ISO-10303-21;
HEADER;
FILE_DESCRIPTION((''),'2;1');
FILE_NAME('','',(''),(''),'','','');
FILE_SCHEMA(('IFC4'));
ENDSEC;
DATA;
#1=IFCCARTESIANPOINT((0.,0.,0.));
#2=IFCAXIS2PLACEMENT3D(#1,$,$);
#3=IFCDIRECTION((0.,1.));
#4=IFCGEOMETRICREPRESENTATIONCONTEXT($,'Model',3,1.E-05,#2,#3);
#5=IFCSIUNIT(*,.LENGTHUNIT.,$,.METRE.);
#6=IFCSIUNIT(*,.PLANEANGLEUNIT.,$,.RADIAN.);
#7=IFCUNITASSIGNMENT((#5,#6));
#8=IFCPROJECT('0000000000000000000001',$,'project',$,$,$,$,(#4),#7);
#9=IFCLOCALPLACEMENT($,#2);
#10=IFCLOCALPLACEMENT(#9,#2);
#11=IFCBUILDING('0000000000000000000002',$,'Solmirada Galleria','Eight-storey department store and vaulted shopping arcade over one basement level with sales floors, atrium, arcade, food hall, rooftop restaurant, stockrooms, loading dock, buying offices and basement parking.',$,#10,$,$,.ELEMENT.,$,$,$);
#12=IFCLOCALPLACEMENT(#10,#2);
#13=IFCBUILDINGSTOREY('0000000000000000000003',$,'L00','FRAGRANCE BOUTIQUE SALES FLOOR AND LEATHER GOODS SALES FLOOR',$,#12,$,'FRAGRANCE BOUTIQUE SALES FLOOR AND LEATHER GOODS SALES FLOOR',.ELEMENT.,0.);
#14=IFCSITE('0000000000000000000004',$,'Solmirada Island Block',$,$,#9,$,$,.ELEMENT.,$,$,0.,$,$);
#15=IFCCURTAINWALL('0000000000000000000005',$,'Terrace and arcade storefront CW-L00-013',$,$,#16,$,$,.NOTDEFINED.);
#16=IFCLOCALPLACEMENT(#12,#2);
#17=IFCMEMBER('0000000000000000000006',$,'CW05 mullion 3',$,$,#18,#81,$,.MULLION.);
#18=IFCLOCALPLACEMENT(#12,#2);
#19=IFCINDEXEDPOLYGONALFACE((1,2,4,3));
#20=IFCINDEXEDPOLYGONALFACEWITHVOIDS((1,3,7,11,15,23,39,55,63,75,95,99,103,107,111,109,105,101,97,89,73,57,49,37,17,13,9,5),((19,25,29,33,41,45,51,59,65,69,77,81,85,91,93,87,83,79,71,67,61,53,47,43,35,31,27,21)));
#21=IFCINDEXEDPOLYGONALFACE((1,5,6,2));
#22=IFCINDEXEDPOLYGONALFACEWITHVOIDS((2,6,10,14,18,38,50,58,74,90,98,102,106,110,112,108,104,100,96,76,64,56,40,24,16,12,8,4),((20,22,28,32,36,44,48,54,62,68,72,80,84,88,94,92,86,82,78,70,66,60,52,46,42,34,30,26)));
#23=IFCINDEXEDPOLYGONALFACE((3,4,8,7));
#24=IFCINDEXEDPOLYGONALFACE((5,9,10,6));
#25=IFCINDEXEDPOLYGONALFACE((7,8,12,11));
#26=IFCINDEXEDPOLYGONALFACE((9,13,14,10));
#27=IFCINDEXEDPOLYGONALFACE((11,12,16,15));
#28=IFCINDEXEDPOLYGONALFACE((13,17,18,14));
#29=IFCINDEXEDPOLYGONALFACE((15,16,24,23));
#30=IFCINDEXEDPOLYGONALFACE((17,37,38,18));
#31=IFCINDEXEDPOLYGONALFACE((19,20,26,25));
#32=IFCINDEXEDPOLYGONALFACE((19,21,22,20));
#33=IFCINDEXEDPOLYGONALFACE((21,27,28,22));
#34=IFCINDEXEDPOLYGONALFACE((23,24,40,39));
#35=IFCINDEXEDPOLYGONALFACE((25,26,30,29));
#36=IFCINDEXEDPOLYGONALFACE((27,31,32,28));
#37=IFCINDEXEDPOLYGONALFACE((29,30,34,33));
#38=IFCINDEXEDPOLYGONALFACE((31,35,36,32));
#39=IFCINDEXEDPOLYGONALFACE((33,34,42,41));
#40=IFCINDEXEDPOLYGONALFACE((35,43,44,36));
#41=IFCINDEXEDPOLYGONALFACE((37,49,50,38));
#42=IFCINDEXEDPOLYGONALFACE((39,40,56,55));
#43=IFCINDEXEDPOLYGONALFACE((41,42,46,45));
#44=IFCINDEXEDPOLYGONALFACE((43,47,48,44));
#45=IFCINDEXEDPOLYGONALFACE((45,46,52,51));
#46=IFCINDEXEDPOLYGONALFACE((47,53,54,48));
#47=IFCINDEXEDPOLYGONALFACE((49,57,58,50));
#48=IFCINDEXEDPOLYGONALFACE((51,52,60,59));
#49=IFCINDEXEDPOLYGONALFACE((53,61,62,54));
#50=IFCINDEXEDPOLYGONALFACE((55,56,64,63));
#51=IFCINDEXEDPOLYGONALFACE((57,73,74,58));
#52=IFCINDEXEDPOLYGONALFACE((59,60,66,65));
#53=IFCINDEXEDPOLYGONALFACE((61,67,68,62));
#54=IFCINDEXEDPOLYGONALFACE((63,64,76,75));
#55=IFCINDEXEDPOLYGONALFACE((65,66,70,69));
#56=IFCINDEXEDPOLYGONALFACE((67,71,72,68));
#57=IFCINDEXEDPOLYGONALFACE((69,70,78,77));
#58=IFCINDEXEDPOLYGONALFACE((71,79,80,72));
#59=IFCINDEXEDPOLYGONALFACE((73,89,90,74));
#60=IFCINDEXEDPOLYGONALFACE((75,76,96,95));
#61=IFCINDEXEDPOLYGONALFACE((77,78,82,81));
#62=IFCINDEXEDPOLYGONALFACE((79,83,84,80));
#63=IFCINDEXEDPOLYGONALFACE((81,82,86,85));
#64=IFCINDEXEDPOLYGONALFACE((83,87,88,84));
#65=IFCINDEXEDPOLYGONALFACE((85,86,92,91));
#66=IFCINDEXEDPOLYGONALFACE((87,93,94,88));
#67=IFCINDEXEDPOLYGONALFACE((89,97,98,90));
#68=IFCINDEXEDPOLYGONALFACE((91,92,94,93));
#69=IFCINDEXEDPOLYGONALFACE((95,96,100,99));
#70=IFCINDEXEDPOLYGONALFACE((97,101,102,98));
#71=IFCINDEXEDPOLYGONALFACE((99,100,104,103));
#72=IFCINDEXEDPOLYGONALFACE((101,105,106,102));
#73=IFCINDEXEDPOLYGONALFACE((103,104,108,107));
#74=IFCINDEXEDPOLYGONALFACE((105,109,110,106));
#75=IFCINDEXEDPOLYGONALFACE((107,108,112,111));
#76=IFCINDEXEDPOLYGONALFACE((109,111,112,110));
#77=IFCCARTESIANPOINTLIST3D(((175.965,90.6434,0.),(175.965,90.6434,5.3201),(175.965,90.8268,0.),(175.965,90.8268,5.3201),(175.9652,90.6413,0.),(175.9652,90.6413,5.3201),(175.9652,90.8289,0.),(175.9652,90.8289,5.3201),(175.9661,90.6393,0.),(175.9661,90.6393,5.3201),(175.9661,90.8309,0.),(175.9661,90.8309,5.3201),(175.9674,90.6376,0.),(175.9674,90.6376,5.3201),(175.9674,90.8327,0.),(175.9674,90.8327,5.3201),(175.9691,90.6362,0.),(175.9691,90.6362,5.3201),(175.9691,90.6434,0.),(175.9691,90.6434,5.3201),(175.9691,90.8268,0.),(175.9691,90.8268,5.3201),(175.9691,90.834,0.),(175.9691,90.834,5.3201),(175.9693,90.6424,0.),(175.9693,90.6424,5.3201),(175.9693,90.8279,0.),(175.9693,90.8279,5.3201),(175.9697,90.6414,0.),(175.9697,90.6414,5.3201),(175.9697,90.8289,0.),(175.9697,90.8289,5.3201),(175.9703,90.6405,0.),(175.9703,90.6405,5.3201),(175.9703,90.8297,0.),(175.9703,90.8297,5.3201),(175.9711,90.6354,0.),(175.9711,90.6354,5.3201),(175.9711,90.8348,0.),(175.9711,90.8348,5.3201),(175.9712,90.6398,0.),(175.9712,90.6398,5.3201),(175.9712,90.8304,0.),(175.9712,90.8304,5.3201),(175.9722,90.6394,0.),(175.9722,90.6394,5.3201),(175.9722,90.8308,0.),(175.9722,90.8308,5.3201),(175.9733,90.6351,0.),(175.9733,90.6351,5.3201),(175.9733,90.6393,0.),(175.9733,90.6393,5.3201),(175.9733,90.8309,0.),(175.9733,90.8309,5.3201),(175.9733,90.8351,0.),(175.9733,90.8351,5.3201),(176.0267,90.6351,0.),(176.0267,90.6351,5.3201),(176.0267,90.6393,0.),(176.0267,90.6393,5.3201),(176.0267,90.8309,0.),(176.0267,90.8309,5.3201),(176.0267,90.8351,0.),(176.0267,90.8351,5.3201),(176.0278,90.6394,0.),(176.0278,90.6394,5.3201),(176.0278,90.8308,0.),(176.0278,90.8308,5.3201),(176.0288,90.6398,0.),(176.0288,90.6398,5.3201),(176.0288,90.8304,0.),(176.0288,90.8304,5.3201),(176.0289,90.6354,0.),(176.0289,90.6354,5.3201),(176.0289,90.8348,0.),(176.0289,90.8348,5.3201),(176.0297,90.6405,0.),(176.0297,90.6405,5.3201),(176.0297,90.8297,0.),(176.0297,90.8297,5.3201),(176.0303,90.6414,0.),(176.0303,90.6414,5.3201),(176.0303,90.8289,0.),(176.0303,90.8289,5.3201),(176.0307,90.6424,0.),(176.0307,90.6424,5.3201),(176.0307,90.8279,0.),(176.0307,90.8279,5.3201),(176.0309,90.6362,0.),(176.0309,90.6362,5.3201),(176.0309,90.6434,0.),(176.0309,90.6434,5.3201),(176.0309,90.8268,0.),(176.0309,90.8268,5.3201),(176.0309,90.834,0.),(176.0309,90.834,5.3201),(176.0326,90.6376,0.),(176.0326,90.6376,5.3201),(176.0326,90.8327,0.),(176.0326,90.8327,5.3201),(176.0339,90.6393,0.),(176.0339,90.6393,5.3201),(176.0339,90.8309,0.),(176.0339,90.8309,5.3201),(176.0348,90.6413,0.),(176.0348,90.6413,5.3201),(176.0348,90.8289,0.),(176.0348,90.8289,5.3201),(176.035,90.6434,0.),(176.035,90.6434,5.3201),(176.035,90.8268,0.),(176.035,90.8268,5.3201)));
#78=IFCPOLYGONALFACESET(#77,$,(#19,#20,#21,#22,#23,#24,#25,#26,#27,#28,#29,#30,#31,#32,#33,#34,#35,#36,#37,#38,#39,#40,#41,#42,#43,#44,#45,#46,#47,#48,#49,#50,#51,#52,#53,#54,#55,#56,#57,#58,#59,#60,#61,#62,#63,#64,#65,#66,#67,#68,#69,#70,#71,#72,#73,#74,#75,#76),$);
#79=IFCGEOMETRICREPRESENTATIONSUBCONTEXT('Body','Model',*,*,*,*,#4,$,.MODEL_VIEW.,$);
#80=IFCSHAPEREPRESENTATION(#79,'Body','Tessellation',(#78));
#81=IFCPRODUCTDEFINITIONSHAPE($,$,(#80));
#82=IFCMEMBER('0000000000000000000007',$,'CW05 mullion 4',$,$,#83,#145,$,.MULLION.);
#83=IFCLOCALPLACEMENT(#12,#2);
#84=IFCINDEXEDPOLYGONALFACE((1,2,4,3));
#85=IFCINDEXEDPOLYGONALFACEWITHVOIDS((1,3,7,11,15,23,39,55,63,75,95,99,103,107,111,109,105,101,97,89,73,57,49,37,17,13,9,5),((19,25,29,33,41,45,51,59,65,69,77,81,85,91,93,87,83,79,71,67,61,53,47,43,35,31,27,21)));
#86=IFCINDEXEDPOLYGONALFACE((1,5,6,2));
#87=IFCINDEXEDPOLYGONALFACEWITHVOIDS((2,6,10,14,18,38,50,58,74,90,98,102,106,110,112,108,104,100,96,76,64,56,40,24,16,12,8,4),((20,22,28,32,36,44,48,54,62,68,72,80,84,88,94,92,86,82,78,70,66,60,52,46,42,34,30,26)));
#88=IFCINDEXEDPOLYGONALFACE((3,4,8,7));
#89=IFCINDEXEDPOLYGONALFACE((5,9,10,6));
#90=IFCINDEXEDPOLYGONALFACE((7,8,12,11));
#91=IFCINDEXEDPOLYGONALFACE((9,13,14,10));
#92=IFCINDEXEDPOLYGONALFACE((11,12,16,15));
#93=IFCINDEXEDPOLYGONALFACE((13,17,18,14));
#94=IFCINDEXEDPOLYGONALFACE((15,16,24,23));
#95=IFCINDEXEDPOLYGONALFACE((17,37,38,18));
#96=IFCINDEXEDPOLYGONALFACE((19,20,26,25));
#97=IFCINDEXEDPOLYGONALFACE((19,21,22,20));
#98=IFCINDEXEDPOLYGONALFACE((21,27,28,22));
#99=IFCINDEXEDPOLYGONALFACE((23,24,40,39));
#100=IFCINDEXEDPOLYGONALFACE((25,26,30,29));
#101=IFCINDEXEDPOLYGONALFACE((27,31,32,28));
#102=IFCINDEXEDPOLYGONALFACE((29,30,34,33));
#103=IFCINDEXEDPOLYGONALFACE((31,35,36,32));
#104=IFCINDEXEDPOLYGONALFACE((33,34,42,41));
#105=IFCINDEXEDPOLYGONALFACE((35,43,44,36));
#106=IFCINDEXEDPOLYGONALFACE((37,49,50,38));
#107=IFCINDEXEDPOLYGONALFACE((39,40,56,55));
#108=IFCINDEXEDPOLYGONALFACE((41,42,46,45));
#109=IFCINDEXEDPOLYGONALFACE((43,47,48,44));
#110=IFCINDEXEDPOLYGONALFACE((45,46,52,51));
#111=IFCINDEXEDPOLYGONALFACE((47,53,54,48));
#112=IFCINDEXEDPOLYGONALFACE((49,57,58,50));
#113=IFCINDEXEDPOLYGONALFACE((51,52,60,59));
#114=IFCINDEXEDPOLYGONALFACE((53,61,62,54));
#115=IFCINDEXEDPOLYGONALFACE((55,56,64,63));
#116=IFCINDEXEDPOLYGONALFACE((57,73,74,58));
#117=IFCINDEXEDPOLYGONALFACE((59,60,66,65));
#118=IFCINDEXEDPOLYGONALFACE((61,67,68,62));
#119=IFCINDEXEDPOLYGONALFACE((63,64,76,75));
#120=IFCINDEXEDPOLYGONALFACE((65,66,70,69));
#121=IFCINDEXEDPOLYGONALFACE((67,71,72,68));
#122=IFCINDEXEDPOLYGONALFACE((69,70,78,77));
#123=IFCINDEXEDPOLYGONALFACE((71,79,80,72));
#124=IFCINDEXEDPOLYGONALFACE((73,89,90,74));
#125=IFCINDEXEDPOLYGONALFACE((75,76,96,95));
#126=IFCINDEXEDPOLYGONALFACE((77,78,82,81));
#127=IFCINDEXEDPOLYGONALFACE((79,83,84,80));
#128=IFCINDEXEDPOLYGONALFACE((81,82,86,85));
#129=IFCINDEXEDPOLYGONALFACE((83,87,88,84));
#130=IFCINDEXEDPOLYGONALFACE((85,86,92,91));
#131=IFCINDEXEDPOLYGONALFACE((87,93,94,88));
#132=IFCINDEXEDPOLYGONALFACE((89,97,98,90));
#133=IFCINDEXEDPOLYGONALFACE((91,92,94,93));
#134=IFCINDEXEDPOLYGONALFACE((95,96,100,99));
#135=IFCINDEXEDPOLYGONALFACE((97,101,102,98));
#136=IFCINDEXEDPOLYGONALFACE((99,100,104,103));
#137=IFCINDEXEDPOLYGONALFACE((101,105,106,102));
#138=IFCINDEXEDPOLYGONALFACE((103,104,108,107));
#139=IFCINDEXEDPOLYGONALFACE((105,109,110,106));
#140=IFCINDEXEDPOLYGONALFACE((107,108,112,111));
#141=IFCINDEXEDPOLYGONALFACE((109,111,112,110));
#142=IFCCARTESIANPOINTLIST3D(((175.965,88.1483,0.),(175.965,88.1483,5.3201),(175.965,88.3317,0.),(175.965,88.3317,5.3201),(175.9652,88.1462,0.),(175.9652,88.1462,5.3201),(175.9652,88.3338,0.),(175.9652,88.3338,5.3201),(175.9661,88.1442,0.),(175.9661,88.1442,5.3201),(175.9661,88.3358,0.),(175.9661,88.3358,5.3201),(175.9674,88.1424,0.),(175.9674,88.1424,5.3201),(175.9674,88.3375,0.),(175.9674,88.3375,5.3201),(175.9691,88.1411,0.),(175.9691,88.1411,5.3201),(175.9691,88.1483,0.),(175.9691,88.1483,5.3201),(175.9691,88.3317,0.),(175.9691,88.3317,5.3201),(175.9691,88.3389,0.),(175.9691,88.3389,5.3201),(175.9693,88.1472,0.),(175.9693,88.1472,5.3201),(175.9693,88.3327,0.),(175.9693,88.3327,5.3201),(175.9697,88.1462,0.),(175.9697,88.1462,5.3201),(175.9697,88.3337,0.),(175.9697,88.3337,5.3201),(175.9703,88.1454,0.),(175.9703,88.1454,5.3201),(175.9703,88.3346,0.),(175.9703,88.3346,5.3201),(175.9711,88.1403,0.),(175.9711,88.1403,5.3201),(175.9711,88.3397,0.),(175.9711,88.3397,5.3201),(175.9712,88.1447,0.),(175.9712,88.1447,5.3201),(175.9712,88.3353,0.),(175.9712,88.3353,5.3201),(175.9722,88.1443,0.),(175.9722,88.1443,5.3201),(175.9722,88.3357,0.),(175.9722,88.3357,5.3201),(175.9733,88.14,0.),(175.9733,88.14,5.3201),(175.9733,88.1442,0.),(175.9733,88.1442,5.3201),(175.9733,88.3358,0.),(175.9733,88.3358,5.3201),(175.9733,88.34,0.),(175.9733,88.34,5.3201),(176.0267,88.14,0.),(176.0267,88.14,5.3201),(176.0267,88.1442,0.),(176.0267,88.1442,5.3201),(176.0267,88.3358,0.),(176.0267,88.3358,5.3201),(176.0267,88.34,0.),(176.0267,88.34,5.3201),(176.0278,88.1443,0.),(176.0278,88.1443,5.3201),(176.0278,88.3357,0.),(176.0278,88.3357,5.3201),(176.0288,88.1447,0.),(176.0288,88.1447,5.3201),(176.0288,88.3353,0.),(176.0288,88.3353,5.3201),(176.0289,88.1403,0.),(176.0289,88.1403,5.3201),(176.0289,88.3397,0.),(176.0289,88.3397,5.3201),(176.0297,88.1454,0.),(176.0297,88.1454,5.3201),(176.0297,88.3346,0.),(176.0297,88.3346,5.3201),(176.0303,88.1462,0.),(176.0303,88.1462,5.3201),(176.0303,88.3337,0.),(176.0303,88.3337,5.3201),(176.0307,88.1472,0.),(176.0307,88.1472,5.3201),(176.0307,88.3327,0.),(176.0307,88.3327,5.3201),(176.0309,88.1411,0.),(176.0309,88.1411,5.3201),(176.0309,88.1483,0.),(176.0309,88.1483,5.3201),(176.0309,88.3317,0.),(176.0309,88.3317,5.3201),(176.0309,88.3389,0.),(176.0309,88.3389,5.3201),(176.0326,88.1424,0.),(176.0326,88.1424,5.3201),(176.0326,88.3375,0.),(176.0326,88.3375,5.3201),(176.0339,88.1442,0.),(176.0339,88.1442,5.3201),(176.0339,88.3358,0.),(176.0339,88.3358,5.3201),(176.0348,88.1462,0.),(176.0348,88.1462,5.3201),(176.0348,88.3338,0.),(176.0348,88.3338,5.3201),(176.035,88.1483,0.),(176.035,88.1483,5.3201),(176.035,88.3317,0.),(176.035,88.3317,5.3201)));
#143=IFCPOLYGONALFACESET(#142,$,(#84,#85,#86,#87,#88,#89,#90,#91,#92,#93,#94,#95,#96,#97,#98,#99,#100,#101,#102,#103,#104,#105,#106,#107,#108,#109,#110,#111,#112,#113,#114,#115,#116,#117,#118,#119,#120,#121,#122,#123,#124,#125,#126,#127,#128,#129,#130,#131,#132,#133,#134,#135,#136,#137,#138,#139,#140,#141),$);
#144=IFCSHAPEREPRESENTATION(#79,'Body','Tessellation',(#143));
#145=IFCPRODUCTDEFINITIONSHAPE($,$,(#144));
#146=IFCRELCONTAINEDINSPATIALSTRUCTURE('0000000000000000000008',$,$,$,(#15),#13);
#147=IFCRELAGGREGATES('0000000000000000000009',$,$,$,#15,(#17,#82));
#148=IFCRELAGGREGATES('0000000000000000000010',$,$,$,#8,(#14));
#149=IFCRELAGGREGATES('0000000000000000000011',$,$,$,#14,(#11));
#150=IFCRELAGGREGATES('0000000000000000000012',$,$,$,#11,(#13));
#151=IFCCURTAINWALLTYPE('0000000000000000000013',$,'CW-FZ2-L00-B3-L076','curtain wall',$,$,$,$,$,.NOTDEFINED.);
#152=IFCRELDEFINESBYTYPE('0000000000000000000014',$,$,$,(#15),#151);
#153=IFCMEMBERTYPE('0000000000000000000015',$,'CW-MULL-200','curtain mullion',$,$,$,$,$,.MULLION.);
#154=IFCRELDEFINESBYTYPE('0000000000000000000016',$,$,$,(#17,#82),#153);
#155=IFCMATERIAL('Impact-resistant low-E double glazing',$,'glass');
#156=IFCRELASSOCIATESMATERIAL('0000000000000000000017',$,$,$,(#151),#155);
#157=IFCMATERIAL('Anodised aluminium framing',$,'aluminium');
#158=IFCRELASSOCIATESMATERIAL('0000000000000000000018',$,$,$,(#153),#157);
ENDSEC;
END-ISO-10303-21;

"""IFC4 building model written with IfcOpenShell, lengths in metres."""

from ifc_helpers import new_model, si_unit, direction, frame, origin, origin_2d, place, context, subcontext, project, spatial, hollow_rectangle, extrude, material, material_profile, profile_set, type_object, element, aggregate, save


model = new_model("IFC4")

# Units and contexts
model_context = context("Model", 3, precision=1e-05, world=origin(), true_north=direction((0.0, 1.0)))
body_context = subcontext(model_context, "Body", "Model", "MODEL_VIEW")
ifc_project = project(units=[si_unit("LENGTHUNIT", "METRE"), si_unit("PLANEANGLEUNIT", "RADIAN")], contexts=[model_context])

# Site, building, storey
site_placement = place(None, origin())
site = spatial("IfcSite", under=ifc_project, at=site_placement, Name="Solmirada Island Block", CompositionType="ELEMENT", RefElevation=0.0)
building_placement = place(site_placement, origin())
building = spatial("IfcBuilding", under=site, at=building_placement, Name="Solmirada Galleria", Description="Eight-storey department store and vaulted shopping arcade over one basement level with sales floors, atrium, arcade, food hall, rooftop restaurant, stockrooms, loading dock, buying offices and basement parking.", CompositionType="ELEMENT")
storey_placement = place(building_placement, origin())
storey = spatial("IfcBuildingStorey", under=building, at=storey_placement, Name="L00", Description="FRAGRANCE BOUTIQUE SALES FLOOR AND LEATHER GOODS SALES FLOOR", LongName="FRAGRANCE BOUTIQUE SALES FLOOR AND LEATHER GOODS SALES FLOOR", CompositionType="ELEMENT", Elevation=0.0)

# Curtain wall, members
ifc_material_1 = material(Name="Impact-resistant low-E double glazing", Category="glass")
curtain_wall_type = type_object("IfcCurtainWallType", Name="CW-FZ2-L00-B3-L076", Description="curtain wall", PredefinedType="NOTDEFINED", material=ifc_material_1)
curtain_wall_placement = place(storey_placement, origin())
curtain_wall = element("IfcCurtainWall", 1, at=curtain_wall_placement, inside=storey, type_object=curtain_wall_type, Name="Terrace and arcade storefront CW-L00-013", PredefinedType="NOTDEFINED")
ifc_material_2 = material(Name="Anodised aluminium framing", Category="aluminium")
ifc_material_profile_1 = material_profile(ifc_material_2, hollow_rectangle(XDim=0.0701, YDim=0.2, WallThickness=0.0042, InnerFilletRadius=0.0042, OuterFilletRadius=0.0083, at=origin_2d()), Name="ALU-MULL-200X70")
ifc_profile_set_1 = profile_set([ifc_material_profile_1], Name="Anodised aluminium framing")
member_type_1 = type_object("IfcMemberType", Name="CW-MULL-200", Description="curtain mullion", PredefinedType="MULLION", material=ifc_profile_set_1)
member_1_placement = place(storey_placement, frame((176.0, 90.7351, 0.0), z_axis=(0.0, 0.0, 1.0), x_axis=(1.0, 0.0, 0.0)))
member_1 = element("IfcMember", 2, at=member_1_placement, type_object=member_type_1, Name="CW05 mullion 3", PredefinedType="MULLION", context=body_context, shape_type="SweptSolid", body=[
    extrude(hollow_rectangle(XDim=0.0701, YDim=0.2, WallThickness=0.0042, InnerFilletRadius=0.0042, OuterFilletRadius=0.0083, at=origin_2d()), origin(), (0.0, 0.0, 1.0), 5.3201),
])
member_2_placement = place(storey_placement, frame((176.0, 88.24, 0.0), z_axis=(0.0, 0.0, 1.0), x_axis=(1.0, 0.0, 0.0)))
member_2 = element("IfcMember", 3, at=member_2_placement, type_object=member_type_1, Name="CW05 mullion 4", PredefinedType="MULLION", context=body_context, shape_type="SweptSolid", body=[
    extrude(hollow_rectangle(XDim=0.0701, YDim=0.2, WallThickness=0.0042, InnerFilletRadius=0.0042, OuterFilletRadius=0.0083, at=origin_2d()), origin(), (0.0, 0.0, 1.0), 5.3201),
])
aggregate(curtain_wall, [member_1, member_2])

save(model, "model.ifc")
